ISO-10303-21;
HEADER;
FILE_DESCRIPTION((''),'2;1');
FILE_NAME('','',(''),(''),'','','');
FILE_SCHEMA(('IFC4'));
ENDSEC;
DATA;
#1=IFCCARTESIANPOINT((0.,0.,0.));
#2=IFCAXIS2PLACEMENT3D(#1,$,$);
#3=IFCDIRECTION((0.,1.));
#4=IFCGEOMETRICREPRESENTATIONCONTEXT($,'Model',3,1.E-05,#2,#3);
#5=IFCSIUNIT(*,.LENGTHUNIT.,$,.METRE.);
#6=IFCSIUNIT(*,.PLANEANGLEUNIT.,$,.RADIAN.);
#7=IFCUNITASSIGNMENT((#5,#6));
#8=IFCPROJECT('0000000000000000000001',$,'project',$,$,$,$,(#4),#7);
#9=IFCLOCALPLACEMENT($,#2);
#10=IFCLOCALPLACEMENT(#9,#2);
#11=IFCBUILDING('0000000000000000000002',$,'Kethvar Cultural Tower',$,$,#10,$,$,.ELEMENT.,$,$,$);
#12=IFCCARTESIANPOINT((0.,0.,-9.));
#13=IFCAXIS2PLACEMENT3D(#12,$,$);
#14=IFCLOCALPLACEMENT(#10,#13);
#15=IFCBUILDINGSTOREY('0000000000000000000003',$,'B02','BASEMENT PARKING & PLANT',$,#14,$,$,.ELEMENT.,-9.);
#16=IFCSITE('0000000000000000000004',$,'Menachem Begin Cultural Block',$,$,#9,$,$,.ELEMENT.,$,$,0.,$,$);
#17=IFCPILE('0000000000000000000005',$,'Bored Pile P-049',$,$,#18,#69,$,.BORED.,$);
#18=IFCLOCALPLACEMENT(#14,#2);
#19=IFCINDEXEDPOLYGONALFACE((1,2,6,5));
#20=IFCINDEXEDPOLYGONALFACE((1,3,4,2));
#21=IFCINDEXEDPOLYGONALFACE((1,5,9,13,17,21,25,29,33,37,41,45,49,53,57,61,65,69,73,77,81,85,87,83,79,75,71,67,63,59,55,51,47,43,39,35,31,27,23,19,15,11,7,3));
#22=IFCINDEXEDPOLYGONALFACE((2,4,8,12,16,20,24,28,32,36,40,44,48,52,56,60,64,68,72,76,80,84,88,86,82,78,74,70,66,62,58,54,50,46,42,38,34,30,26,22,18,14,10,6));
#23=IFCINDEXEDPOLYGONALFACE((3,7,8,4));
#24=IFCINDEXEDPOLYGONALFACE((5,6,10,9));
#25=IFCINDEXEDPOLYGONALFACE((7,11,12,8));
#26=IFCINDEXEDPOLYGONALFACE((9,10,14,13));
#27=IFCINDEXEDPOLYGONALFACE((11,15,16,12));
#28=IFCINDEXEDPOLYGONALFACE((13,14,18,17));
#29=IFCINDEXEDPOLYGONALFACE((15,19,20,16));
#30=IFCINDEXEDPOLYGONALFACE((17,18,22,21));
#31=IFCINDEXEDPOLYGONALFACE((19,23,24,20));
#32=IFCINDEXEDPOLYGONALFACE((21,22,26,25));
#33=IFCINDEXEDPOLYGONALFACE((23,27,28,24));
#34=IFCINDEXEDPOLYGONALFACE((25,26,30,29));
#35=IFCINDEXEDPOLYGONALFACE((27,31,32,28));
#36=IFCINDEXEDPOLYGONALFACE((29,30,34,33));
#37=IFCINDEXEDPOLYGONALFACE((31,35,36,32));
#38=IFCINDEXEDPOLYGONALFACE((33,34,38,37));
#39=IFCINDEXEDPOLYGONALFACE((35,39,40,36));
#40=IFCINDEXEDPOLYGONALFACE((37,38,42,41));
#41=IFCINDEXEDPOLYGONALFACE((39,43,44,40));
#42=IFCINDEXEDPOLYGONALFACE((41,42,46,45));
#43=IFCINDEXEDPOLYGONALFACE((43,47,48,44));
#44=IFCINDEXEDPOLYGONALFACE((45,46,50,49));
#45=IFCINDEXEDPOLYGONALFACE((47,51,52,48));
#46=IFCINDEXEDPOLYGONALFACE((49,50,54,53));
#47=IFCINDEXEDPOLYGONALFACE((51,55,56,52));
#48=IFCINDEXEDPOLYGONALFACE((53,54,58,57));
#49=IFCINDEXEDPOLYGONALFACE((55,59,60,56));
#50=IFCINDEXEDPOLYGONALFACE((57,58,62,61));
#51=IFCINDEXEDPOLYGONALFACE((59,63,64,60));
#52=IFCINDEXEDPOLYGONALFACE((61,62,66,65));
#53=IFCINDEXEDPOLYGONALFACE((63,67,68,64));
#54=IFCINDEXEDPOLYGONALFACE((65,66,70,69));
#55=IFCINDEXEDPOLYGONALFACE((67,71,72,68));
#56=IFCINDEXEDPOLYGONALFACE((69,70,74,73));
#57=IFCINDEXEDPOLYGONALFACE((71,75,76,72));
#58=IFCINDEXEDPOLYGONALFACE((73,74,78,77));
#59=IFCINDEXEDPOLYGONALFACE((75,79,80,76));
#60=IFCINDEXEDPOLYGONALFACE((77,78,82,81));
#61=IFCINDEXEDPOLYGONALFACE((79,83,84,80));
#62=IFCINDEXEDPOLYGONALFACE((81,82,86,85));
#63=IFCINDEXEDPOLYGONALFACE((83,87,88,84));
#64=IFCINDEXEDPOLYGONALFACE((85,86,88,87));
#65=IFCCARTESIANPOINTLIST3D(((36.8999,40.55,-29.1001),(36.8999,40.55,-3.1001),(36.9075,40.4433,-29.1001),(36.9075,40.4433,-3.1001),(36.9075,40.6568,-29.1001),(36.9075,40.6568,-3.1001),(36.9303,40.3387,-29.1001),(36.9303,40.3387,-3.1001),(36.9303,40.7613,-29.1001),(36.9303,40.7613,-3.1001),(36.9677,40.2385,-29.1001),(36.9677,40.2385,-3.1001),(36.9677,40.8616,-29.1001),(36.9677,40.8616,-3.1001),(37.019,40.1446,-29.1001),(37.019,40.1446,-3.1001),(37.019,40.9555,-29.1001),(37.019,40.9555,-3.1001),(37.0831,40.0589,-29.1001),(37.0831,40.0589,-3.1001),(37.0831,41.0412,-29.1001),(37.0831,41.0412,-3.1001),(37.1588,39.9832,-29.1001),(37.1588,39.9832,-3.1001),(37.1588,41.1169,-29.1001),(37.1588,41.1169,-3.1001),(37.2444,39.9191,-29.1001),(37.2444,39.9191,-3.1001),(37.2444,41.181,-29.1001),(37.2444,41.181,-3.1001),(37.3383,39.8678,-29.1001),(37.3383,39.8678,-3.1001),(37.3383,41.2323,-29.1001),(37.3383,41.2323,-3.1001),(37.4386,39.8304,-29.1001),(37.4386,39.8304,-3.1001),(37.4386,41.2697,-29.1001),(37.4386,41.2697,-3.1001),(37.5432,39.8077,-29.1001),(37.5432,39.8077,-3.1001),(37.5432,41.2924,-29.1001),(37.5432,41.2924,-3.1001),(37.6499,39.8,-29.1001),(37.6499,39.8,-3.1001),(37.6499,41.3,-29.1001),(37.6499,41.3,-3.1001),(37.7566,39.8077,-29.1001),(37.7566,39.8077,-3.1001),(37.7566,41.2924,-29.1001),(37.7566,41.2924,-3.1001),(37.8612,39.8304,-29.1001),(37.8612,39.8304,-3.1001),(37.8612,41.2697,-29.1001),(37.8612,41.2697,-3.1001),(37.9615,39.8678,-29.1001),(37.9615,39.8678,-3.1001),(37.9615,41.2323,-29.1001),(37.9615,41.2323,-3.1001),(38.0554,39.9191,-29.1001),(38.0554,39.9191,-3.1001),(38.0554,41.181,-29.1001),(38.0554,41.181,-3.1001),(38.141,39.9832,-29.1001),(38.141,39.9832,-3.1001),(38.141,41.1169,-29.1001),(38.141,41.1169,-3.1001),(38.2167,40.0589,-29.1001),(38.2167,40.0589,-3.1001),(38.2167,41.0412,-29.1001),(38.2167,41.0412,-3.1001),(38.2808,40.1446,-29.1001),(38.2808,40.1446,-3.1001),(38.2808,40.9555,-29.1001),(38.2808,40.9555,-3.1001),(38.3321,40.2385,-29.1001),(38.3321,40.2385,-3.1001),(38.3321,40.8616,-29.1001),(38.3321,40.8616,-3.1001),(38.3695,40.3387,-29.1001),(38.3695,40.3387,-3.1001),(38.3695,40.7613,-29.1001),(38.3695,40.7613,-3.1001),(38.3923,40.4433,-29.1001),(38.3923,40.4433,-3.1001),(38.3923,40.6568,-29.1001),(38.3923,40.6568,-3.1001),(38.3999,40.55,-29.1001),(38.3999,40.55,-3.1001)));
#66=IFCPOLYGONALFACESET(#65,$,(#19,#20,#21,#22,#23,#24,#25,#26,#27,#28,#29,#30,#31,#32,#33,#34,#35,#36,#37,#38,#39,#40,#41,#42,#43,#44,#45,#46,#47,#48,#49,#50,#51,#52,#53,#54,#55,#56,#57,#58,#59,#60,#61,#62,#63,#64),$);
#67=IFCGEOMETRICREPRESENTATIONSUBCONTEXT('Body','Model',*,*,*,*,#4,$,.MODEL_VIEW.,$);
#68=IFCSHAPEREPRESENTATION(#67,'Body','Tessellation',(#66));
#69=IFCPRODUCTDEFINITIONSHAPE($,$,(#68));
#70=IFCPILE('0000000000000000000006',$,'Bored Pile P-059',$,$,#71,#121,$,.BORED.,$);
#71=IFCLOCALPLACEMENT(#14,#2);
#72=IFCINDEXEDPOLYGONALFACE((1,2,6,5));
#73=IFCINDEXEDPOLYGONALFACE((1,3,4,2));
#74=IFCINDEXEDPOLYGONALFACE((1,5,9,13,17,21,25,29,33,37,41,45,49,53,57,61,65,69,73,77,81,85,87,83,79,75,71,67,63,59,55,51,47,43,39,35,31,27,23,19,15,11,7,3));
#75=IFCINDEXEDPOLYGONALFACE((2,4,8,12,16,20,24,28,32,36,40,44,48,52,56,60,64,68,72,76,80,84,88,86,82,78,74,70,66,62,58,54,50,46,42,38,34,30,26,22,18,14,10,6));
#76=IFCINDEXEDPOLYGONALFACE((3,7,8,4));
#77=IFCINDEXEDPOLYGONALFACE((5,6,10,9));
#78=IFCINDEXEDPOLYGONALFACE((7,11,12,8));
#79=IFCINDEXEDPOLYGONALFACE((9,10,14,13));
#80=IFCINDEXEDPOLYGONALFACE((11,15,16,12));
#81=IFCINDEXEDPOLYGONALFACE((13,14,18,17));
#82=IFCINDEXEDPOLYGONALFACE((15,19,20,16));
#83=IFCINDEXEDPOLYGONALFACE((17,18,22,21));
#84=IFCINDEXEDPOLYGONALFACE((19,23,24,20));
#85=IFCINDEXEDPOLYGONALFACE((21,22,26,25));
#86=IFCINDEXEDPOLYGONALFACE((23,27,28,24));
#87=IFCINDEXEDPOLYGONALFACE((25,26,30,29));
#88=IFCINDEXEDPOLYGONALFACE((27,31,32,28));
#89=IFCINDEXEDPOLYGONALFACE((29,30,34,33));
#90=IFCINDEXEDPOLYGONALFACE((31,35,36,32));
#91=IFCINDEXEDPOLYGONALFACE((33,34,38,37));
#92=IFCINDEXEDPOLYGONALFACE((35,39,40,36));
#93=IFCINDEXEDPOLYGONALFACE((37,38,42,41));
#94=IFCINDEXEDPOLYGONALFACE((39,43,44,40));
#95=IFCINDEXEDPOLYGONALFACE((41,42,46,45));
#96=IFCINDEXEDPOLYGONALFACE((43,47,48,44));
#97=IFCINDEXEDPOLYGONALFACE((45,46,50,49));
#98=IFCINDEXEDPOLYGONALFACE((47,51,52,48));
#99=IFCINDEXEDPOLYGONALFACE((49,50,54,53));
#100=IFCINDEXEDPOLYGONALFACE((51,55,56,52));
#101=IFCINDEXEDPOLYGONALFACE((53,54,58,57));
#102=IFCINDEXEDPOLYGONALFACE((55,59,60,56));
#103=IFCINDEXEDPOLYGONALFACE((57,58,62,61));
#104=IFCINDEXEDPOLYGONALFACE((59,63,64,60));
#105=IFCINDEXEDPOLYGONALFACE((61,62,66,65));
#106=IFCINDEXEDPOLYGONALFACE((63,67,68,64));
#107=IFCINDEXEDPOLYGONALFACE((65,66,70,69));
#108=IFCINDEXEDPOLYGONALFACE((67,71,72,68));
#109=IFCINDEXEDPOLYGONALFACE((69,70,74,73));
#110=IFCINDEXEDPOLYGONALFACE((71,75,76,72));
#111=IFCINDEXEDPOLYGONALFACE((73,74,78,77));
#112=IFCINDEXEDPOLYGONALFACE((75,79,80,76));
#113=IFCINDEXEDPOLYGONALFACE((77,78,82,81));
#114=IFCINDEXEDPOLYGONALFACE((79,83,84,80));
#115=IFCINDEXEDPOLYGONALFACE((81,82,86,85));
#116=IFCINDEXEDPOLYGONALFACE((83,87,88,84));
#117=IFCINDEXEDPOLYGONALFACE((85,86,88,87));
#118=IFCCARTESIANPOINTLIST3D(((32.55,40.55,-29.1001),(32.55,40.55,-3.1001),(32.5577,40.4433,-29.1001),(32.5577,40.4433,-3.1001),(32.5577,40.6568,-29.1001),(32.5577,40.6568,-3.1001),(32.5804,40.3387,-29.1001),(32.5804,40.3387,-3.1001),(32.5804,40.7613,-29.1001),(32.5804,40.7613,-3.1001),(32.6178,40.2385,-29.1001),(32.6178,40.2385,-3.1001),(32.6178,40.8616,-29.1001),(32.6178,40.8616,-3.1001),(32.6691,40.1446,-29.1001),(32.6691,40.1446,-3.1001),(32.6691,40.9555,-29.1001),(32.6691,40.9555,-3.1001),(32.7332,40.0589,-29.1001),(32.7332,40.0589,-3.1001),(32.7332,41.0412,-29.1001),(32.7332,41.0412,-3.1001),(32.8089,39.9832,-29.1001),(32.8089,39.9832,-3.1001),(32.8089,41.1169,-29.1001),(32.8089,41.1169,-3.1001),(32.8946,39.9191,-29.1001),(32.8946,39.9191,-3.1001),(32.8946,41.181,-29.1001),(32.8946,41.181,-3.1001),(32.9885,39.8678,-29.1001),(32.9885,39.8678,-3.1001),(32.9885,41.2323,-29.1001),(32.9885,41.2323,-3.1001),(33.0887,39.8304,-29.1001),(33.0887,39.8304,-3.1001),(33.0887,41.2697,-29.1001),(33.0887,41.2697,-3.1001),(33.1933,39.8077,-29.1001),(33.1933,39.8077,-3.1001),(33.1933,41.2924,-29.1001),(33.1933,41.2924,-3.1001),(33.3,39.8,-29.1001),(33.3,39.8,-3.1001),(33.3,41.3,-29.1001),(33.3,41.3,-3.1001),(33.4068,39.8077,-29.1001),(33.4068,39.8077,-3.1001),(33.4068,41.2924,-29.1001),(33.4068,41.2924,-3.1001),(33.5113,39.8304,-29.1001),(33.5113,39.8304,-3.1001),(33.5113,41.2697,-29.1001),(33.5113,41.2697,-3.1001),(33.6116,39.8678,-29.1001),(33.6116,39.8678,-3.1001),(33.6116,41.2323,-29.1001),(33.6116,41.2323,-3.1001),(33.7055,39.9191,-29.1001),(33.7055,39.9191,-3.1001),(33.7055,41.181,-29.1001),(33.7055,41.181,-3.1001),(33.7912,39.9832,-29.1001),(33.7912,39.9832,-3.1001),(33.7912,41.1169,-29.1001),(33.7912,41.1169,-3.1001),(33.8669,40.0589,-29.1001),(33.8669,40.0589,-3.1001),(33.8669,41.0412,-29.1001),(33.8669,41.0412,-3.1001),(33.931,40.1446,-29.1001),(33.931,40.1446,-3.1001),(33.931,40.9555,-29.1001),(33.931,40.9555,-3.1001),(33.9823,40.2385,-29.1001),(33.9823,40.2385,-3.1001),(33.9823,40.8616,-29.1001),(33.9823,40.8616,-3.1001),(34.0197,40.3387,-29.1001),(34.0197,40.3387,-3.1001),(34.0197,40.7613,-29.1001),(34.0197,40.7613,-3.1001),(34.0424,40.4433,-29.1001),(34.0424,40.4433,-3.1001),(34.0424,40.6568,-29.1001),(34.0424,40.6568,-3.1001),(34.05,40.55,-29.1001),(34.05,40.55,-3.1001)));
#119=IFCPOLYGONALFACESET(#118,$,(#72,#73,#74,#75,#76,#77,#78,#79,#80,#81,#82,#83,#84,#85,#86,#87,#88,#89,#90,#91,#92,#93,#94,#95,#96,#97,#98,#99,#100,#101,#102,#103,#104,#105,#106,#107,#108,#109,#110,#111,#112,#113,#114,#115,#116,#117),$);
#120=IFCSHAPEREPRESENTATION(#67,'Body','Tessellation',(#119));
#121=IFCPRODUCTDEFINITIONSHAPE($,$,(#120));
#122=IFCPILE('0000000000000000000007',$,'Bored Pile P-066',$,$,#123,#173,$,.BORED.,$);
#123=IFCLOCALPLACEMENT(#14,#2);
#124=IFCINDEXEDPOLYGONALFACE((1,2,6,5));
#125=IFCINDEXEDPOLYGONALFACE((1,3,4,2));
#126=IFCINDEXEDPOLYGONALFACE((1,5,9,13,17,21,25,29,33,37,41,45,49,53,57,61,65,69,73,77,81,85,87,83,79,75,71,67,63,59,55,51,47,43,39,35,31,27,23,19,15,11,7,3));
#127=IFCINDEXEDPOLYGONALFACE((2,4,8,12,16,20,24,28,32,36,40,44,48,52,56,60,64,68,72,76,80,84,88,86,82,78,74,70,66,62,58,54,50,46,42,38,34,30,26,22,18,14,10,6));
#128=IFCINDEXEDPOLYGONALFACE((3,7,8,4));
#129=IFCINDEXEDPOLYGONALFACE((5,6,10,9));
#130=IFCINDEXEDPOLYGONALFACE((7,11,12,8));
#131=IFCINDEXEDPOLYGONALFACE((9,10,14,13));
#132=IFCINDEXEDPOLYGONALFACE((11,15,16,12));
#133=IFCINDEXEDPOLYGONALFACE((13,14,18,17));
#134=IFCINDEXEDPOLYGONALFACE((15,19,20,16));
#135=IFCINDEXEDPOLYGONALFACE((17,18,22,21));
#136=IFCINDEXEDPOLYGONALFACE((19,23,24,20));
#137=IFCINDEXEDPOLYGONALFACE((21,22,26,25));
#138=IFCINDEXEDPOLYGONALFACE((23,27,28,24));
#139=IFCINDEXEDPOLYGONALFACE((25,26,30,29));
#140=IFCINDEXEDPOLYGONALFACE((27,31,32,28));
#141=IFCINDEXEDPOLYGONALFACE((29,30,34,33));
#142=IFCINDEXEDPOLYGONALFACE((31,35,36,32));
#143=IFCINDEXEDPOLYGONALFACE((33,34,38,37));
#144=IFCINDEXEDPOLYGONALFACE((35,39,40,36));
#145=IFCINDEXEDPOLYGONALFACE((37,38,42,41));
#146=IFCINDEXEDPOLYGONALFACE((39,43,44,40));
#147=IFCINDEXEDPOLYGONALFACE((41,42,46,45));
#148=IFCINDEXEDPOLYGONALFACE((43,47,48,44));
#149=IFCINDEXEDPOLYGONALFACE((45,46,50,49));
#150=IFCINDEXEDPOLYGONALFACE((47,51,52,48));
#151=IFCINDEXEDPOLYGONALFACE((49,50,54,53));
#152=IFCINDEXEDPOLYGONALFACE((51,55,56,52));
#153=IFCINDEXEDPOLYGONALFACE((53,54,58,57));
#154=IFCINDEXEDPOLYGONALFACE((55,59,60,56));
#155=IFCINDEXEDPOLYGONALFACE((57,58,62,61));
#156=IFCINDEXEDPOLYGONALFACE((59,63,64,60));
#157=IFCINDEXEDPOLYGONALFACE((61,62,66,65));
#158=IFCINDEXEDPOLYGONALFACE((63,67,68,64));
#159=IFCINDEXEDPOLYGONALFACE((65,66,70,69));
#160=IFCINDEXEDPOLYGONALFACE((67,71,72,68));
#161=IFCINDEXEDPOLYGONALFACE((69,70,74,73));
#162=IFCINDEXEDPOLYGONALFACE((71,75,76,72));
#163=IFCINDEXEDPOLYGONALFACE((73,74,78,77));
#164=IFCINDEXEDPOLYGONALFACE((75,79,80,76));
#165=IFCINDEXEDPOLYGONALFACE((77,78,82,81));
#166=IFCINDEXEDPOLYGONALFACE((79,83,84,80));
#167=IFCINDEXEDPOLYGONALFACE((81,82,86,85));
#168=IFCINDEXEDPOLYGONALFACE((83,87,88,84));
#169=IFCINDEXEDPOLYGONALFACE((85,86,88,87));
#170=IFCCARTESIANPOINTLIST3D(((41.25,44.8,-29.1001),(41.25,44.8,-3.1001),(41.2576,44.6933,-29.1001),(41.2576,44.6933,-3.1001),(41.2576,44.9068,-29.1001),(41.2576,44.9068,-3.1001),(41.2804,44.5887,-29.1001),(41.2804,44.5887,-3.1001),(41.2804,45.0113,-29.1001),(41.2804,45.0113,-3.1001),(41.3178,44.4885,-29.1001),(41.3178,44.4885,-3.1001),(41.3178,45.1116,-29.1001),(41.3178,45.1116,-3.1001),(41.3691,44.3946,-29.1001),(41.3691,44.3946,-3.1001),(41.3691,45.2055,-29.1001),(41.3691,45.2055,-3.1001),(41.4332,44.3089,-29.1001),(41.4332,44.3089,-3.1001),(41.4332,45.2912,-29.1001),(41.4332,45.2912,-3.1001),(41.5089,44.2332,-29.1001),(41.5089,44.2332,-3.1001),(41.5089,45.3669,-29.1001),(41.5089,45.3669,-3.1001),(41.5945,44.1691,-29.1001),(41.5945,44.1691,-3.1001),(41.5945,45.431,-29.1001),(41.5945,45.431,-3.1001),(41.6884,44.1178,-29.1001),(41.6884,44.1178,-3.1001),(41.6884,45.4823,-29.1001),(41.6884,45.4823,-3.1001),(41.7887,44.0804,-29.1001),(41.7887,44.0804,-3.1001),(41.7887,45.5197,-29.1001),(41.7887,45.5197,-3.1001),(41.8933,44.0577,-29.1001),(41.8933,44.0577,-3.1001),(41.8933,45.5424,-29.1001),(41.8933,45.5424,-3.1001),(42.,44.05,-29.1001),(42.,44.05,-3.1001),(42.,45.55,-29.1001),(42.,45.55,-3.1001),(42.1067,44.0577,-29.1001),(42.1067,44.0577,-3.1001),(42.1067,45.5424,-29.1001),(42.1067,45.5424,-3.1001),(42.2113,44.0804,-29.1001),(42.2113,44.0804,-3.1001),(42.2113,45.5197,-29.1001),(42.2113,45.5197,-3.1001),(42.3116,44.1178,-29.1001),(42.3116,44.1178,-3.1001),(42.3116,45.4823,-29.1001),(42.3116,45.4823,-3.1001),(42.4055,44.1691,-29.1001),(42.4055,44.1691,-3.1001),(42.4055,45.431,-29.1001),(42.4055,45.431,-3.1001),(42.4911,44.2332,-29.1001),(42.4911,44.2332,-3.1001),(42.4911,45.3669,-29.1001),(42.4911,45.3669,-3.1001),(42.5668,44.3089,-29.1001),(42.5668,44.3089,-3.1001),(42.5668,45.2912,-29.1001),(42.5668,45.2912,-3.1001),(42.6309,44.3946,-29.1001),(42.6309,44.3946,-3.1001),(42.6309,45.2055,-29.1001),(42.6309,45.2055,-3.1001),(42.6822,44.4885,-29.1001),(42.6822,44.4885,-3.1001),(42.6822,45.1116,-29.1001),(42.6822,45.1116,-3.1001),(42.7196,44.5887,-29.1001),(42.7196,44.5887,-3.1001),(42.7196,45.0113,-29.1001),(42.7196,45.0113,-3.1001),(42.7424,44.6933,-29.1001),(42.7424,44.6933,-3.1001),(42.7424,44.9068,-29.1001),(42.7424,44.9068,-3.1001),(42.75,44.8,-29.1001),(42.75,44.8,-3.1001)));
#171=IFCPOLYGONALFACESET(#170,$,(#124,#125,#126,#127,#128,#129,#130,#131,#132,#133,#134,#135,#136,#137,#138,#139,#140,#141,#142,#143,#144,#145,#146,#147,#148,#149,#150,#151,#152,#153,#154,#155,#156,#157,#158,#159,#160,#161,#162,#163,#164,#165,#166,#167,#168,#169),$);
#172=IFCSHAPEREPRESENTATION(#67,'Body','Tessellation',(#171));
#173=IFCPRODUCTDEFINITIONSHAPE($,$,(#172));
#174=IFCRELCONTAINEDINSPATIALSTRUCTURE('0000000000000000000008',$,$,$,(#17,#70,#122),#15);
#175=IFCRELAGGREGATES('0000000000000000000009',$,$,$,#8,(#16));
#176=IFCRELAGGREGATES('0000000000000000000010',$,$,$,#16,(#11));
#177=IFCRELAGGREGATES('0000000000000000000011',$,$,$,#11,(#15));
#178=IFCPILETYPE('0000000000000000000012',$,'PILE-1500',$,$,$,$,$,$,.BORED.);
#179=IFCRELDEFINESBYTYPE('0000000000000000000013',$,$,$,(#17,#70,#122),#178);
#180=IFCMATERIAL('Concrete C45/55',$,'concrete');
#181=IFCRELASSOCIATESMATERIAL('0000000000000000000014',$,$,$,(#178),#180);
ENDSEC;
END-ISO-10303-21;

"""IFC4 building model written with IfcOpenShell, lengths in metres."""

from ifc_helpers import new_model, si_unit, direction, frame, origin, origin_2d, place, context, subcontext, project, spatial, circle, extrude, source, transform, mapped, material, material_profile, profile_set, type_object, element, save


model = new_model("IFC4")

# Units and contexts
model_context = context("Model", 3, precision=1e-05, world=origin(), true_north=direction((0.0, 1.0)))
body_context = subcontext(model_context, "Body", "Model", "MODEL_VIEW")
ifc_project = project(units=[si_unit("LENGTHUNIT", "METRE"), si_unit("PLANEANGLEUNIT", "RADIAN")], contexts=[model_context])

# Site, building, storey
site_placement = place(None, origin())
site = spatial("IfcSite", under=ifc_project, at=site_placement, Name="Menachem Begin Cultural Block", CompositionType="ELEMENT", RefElevation=0.0)
building_placement = place(site_placement, origin())
building = spatial("IfcBuilding", under=site, at=building_placement, Name="Kethvar Cultural Tower", CompositionType="ELEMENT")
storey_placement = place(building_placement, frame((0.0, 0.0, -9.0)))
storey = spatial("IfcBuildingStorey", under=building, at=storey_placement, Name="B02", Description="BASEMENT PARKING & PLANT", CompositionType="ELEMENT", Elevation=-9.0)

# Piles
ifc_material_1 = material(Name="Concrete C45/55", Category="concrete")
ifc_material_profile_1 = material_profile(ifc_material_1, circle(Radius=0.75, at=origin_2d()), Name="Concrete C45/55 — PILE1500")
ifc_profile_set_1 = profile_set([ifc_material_profile_1], Name="Concrete C45/55 — PILE1500")
pile_type = type_object("IfcPileType", Name="PILE-1500", PredefinedType="BORED", material=ifc_profile_set_1)
shared_shape_1 = source(origin(), body_context, "Body", "SweptSolid", [
    extrude(circle(Radius=0.75, at=origin_2d()), origin(), (0.0, 0.0, 1.0), 26.0),
])
for number, where, z_axis, x_axis, name in (
    (1, (37.6499, 40.55, -3.1001), (0.0, 0.0, -1.0), (1.0, 0.0, 0.0), "Bored Pile P-049"),
    (2, (33.3, 40.55, -3.1001), (0.0, 0.0, -1.0), (1.0, 0.0, 0.0), "Bored Pile P-059"),
    (3, (42.0, 44.8, -3.1001), (0.0, 0.0, -1.0), (1.0, 0.0, 0.0), "Bored Pile P-066"),
):
    element("IfcPile", number, at=place(storey_placement, frame(where, z_axis=z_axis, x_axis=x_axis)), inside=storey, type_object=pile_type, Name=name, PredefinedType="BORED", context=body_context, shape_type="MappedRepresentation", body=[
        mapped(shared_shape_1, transform((0.0, 0.0, 0.0), scale=1.0)),
    ])

save(model, "model.ifc")
